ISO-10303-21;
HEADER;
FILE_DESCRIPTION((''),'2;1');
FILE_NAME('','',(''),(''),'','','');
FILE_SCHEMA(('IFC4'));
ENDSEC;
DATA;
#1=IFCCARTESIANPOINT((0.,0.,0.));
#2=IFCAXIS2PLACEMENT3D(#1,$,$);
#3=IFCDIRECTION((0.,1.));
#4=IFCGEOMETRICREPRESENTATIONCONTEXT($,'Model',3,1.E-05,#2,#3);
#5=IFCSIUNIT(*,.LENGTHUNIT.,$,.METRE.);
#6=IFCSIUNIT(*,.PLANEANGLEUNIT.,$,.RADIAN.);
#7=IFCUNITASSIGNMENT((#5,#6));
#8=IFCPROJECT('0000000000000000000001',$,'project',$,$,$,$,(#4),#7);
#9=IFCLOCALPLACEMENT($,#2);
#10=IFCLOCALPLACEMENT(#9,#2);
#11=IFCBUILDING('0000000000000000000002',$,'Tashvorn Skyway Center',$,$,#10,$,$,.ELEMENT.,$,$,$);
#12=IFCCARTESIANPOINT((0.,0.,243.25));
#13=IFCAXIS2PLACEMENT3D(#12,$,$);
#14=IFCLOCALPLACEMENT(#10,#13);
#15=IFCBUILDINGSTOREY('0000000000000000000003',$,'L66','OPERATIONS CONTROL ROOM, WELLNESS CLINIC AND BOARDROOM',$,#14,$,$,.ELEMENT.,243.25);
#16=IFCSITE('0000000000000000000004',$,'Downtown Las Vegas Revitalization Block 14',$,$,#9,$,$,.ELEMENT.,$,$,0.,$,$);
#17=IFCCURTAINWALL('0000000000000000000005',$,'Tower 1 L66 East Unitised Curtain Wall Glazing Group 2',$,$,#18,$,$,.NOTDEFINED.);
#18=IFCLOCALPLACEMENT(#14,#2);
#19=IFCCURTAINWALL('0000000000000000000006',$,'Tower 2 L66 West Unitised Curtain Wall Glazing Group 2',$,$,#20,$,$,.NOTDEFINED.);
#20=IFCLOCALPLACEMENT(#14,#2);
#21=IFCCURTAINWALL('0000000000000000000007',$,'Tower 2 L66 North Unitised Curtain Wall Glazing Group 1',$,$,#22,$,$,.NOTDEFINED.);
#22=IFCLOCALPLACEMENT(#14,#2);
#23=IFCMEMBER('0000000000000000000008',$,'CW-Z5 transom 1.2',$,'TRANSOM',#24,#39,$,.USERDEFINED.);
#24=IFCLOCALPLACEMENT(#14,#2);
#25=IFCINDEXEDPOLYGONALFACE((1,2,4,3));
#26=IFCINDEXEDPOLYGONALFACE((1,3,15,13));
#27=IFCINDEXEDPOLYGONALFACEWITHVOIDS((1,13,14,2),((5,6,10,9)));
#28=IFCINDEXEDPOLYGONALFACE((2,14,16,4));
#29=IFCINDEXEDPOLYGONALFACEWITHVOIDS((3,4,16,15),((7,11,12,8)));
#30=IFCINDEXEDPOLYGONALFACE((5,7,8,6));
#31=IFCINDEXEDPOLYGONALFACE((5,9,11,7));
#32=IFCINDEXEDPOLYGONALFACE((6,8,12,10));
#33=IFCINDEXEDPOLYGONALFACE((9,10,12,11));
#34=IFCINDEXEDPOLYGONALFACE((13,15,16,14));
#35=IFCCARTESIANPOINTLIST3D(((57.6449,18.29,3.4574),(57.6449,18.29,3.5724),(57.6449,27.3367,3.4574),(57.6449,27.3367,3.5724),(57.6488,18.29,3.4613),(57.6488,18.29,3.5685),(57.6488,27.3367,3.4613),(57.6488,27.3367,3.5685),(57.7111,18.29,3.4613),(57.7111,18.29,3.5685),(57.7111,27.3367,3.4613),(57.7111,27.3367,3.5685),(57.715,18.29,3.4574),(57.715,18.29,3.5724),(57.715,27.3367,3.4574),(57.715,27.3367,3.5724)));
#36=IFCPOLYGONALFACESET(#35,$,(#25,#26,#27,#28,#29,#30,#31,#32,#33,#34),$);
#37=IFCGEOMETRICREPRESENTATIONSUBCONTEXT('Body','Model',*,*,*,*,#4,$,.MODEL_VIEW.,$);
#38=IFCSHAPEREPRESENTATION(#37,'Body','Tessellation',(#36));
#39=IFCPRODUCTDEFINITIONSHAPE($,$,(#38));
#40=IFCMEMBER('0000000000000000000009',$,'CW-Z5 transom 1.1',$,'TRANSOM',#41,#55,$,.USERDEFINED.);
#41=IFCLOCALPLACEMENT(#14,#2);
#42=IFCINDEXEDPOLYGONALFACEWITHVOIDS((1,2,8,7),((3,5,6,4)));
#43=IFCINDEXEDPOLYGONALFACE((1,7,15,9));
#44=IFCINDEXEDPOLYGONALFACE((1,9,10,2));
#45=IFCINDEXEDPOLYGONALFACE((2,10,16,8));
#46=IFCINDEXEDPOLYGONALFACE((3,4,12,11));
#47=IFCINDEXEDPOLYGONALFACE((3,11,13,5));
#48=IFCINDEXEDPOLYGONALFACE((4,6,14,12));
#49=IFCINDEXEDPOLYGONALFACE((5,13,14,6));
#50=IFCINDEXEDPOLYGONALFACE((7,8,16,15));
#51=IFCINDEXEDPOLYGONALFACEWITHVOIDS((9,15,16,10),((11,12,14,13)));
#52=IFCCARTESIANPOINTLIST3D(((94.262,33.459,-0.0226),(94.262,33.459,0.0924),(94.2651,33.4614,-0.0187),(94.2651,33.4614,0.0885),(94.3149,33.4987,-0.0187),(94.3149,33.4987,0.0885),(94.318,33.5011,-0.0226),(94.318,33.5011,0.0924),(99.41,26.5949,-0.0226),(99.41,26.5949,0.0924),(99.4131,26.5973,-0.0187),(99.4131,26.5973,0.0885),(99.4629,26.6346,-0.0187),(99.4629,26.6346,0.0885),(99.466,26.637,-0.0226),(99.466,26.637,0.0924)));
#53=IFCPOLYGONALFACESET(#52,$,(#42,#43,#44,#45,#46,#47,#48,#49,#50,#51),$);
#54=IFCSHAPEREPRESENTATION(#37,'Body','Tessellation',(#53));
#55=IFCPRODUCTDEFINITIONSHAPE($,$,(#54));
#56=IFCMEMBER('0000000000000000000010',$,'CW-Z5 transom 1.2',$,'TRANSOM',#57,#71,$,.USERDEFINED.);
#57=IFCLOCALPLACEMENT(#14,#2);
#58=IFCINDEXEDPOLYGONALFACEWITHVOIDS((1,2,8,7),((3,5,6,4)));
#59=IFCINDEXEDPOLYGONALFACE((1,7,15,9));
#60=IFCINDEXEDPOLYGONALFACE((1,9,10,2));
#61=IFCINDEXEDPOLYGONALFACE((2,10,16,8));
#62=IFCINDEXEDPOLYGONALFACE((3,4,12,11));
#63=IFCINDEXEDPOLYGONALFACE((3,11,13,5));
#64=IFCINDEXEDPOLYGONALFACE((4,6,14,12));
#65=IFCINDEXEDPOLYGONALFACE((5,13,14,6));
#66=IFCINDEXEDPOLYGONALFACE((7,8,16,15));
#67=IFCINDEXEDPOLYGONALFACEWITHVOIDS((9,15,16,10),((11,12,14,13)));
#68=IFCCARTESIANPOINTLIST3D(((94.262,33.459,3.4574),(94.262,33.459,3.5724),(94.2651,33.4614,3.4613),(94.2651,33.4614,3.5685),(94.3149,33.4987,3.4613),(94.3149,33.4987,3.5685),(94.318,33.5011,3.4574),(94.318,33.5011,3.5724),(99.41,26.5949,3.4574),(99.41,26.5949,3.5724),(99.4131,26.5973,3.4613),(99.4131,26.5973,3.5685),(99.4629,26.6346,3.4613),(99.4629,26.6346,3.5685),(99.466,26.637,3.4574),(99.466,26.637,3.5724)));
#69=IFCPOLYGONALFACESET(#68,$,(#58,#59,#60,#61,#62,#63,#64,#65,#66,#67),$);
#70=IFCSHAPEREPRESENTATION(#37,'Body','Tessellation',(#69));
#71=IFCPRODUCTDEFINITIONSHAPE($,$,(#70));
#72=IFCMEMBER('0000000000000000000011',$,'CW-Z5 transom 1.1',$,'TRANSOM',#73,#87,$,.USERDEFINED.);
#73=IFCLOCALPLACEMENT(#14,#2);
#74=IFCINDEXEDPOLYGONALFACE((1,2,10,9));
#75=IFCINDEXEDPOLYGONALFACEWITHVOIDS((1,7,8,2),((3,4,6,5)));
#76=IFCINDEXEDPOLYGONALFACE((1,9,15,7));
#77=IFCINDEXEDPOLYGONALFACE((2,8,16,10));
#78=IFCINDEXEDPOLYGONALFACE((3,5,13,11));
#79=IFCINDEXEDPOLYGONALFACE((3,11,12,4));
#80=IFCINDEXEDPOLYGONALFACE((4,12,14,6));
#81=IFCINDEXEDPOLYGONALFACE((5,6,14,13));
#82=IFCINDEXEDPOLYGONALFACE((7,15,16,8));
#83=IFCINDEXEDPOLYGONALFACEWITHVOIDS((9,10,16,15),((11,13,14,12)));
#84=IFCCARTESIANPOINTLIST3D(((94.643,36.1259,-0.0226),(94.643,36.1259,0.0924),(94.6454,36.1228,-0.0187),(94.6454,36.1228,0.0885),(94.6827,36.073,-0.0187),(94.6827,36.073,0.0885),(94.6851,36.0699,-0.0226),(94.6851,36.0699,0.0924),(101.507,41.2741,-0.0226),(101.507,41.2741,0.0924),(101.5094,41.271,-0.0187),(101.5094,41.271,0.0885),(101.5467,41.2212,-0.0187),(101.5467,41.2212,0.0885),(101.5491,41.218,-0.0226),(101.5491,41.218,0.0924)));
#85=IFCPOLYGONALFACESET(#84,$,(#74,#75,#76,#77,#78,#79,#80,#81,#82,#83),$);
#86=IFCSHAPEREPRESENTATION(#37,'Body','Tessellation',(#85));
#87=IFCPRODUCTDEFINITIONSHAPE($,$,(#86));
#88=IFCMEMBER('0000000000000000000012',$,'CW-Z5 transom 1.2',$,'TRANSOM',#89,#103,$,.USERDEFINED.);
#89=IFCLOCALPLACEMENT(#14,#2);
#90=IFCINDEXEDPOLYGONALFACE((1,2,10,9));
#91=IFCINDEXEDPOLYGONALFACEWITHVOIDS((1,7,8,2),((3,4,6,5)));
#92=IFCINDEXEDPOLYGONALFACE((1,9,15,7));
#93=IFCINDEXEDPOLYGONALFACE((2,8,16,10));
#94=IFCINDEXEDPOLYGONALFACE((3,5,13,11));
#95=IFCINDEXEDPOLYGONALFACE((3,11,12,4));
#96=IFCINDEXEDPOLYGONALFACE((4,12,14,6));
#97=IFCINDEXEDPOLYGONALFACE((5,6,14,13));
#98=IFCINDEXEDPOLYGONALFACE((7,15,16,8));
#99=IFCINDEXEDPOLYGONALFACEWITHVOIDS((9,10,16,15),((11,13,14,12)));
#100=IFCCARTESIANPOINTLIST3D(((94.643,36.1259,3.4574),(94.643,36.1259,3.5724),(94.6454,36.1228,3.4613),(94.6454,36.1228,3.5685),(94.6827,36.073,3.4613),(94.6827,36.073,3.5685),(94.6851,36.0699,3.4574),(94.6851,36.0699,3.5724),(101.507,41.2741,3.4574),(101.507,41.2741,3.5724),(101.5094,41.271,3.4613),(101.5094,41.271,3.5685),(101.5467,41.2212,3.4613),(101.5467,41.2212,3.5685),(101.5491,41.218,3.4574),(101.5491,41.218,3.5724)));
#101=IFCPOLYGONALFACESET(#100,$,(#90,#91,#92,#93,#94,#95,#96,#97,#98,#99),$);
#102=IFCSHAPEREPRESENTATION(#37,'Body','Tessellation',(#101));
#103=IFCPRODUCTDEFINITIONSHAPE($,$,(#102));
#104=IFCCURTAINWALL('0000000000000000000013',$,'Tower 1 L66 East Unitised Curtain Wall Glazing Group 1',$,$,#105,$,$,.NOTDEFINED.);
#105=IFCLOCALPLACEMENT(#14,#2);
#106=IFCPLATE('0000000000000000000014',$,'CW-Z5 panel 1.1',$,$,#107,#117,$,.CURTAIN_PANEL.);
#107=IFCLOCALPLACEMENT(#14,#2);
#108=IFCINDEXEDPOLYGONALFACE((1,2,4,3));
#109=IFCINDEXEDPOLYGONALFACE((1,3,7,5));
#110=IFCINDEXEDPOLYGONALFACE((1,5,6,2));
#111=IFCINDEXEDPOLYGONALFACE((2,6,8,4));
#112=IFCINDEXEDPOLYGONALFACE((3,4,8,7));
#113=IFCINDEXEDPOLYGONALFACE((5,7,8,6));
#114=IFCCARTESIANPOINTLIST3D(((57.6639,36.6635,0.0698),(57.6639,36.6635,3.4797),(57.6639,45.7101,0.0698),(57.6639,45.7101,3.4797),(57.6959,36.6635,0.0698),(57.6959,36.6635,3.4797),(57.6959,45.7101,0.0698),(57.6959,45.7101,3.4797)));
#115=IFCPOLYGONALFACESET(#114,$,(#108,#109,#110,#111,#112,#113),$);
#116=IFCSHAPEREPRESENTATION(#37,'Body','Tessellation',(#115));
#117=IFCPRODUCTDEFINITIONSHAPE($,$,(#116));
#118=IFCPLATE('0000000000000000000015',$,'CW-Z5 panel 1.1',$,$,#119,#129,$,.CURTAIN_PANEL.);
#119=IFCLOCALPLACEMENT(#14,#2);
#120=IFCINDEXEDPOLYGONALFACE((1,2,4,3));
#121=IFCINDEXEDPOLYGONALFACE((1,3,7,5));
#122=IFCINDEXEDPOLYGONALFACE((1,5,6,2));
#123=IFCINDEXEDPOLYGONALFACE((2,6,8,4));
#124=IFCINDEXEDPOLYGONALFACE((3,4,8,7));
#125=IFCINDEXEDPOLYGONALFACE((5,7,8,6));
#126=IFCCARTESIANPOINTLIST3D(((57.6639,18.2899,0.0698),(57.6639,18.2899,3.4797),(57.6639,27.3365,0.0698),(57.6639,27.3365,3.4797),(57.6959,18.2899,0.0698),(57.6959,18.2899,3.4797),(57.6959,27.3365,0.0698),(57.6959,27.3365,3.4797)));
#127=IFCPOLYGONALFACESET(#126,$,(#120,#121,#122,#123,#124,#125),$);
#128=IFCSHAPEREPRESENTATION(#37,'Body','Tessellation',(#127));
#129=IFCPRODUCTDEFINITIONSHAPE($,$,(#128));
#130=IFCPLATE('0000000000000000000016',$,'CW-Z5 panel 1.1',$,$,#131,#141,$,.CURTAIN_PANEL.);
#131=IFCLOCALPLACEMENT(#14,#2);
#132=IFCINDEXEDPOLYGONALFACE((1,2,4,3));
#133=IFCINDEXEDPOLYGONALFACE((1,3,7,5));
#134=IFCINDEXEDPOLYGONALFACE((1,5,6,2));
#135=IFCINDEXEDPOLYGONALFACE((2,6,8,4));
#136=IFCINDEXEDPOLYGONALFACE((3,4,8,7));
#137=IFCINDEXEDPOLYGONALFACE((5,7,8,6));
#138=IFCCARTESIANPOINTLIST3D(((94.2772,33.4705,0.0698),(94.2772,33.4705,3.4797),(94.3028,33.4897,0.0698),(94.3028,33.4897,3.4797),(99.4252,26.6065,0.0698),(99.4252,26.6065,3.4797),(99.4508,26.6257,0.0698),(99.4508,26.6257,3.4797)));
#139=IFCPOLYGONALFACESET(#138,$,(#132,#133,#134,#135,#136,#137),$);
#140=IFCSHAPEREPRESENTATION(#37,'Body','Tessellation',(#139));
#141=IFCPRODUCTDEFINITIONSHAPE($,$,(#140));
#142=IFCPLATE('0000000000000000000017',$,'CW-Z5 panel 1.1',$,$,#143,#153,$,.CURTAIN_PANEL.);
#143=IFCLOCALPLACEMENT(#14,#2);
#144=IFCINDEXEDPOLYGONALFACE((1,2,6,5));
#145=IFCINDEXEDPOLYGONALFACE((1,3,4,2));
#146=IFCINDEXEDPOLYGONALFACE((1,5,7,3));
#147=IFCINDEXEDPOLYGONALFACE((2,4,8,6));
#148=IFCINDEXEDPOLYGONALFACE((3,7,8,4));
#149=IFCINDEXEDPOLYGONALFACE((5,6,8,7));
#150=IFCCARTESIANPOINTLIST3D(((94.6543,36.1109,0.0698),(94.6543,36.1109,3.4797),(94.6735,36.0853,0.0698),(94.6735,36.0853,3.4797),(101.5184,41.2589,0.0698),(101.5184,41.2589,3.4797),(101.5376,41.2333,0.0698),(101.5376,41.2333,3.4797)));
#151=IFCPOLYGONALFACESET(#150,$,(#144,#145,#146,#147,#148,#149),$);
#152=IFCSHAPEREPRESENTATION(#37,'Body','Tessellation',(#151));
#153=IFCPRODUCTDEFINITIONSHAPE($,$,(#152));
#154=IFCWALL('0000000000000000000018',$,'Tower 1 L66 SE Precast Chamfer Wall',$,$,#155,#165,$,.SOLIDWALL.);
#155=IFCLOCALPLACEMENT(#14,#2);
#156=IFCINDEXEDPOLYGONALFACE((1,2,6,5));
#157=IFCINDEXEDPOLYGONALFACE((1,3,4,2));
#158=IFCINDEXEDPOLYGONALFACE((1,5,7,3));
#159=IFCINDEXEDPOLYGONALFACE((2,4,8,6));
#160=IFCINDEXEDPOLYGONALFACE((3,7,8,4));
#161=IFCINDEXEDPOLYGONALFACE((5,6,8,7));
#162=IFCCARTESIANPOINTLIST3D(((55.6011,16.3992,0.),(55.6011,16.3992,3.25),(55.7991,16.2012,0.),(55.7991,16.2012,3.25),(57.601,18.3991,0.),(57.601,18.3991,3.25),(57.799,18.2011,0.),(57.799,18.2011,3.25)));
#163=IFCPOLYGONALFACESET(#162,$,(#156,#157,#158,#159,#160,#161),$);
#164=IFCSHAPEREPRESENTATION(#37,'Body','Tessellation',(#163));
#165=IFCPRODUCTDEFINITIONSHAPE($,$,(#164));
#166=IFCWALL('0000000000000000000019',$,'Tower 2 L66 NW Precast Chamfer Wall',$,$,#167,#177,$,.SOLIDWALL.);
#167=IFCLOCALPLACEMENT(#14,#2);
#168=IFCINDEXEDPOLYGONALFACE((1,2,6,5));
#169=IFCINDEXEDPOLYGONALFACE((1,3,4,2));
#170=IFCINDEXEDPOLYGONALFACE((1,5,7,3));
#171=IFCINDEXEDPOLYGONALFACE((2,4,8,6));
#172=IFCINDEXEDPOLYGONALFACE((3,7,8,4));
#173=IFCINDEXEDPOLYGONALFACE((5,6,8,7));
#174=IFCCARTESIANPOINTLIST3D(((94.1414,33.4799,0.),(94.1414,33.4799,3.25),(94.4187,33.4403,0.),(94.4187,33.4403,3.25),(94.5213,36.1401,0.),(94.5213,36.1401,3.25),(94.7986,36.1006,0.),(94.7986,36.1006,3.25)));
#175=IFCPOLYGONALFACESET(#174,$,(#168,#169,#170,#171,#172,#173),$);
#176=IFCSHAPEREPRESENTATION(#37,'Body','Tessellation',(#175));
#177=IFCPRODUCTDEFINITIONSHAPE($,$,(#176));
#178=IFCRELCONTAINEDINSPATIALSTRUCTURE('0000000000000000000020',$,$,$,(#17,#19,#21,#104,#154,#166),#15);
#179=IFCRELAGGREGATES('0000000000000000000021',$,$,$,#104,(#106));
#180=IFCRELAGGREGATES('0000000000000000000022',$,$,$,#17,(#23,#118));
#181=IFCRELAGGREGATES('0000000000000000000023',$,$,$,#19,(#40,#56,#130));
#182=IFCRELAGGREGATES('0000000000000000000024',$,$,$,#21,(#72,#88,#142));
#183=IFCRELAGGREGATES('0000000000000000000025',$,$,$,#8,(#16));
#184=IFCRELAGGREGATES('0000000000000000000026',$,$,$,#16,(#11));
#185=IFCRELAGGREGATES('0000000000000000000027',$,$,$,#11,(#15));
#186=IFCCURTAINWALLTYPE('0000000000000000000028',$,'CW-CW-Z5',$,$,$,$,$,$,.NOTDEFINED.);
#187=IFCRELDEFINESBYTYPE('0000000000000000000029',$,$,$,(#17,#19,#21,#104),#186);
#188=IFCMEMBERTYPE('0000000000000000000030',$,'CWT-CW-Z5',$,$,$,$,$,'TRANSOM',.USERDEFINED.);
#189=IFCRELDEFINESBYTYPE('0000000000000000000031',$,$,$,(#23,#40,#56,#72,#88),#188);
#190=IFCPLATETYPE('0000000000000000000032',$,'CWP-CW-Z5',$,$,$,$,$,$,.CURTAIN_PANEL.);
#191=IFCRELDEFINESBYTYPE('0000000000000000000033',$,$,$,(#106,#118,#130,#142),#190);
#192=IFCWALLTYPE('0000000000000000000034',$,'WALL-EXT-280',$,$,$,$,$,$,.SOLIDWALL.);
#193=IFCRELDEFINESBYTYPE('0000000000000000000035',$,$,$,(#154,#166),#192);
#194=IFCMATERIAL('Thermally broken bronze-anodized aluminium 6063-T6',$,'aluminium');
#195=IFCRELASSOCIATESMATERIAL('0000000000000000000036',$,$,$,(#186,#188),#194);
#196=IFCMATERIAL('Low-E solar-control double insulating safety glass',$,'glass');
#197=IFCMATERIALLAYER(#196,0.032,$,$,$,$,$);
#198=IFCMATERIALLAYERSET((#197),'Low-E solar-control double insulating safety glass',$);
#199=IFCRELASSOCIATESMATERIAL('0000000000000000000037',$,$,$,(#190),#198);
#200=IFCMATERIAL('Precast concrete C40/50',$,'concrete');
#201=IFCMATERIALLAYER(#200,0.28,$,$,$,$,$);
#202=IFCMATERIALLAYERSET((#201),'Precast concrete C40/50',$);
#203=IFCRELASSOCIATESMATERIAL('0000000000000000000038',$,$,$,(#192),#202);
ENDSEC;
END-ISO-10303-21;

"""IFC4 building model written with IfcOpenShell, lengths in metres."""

from ifc_helpers import new_model, si_unit, direction, frame, frame_2d, origin, origin_2d, place, context, subcontext, project, spatial, rectangle, hollow_rectangle, extrude, material, layer, layer_set, material_profile, profile_set, type_object, element, aggregate, save


model = new_model("IFC4")

# Units and contexts
model_context = context("Model", 3, precision=1e-05, world=origin(), true_north=direction((0.0, 1.0)))
body_context = subcontext(model_context, "Body", "Model", "MODEL_VIEW")
ifc_project = project(units=[si_unit("LENGTHUNIT", "METRE"), si_unit("PLANEANGLEUNIT", "RADIAN")], contexts=[model_context])

# Site, building, storey
site_placement = place(None, origin())
site = spatial("IfcSite", under=ifc_project, at=site_placement, Name="Downtown Las Vegas Revitalization Block 14", CompositionType="ELEMENT", RefElevation=0.0)
building_placement = place(site_placement, origin())
building = spatial("IfcBuilding", under=site, at=building_placement, Name="Tashvorn Skyway Center", CompositionType="ELEMENT")
storey_placement = place(building_placement, frame((0.0, 0.0, 243.25)))
storey = spatial("IfcBuildingStorey", under=building, at=storey_placement, Name="L66", Description="OPERATIONS CONTROL ROOM, WELLNESS CLINIC AND BOARDROOM", CompositionType="ELEMENT", Elevation=243.25)

# Curtain wall
ifc_material_1 = material(Name="Thermally broken bronze-anodized aluminium 6063-T6", Category="aluminium")
curtain_wall_type = type_object("IfcCurtainWallType", Name="CW-CW-Z5", PredefinedType="NOTDEFINED", material=ifc_material_1)
curtain_wall_1_placement = place(storey_placement, origin())
curtain_wall_1 = element("IfcCurtainWall", 1, at=curtain_wall_1_placement, inside=storey, type_object=curtain_wall_type, Name="Tower 1 L66 East Unitised Curtain Wall Glazing Group 2", PredefinedType="NOTDEFINED")

# Curtain walls
curtain_wall_2_placement = place(storey_placement, origin())
curtain_wall_2 = element("IfcCurtainWall", 2, at=curtain_wall_2_placement, inside=storey, type_object=curtain_wall_type, Name="Tower 2 L66 West Unitised Curtain Wall Glazing Group 2", PredefinedType="NOTDEFINED")
curtain_wall_3_placement = place(storey_placement, origin())
curtain_wall_3 = element("IfcCurtainWall", 3, at=curtain_wall_3_placement, inside=storey, type_object=curtain_wall_type, Name="Tower 2 L66 North Unitised Curtain Wall Glazing Group 1", PredefinedType="NOTDEFINED")

# Members
ifc_material_profile_1 = material_profile(ifc_material_1, hollow_rectangle(XDim=0.0701, YDim=0.115, WallThickness=0.0039, at=origin_2d()), Name="ALU-TRAN-70x115")
ifc_profile_set_1 = profile_set([ifc_material_profile_1], Name="Thermally broken bronze-anodized aluminium 6063-T6")
member_type_1 = type_object("IfcMemberType", Name="CWT-CW-Z5", ElementType="TRANSOM", PredefinedType="USERDEFINED", material=ifc_profile_set_1)
member_1_placement = place(storey_placement, frame((57.6799, 27.3367, 3.5149), z_axis=(0.0, -1.0, 0.0), x_axis=(1.0, 0.0, 0.0)))
member_1 = element("IfcMember", 4, at=member_1_placement, type_object=member_type_1, Name="CW-Z5 transom 1.2", ObjectType="TRANSOM", PredefinedType="USERDEFINED", context=body_context, shape_type="SweptSolid", body=[
    extrude(hollow_rectangle(XDim=0.0701, YDim=0.115, WallThickness=0.0039, at=origin_2d()), origin(), (0.0, 0.0, 1.0), 9.0466),
])
member_2_placement = place(storey_placement, frame((99.438, 26.616, 0.0349), z_axis=(-0.599995, 0.800003, 0.0), x_axis=(-0.800003, -0.599995, 0.0)))
member_2 = element("IfcMember", 5, at=member_2_placement, type_object=member_type_1, Name="CW-Z5 transom 1.1", ObjectType="TRANSOM", PredefinedType="USERDEFINED", context=body_context, shape_type="SweptSolid", body=[
    extrude(hollow_rectangle(XDim=0.0701, YDim=0.115, WallThickness=0.0039, at=origin_2d()), origin(), (0.0, 0.0, 1.0), 8.5801),
])
member_3_placement = place(storey_placement, frame((99.438, 26.616, 3.5149), z_axis=(-0.599995, 0.800003, 0.0), x_axis=(-0.800003, -0.599995, 0.0)))
member_3 = element("IfcMember", 6, at=member_3_placement, type_object=member_type_1, Name="CW-Z5 transom 1.2", ObjectType="TRANSOM", PredefinedType="USERDEFINED", context=body_context, shape_type="SweptSolid", body=[
    extrude(hollow_rectangle(XDim=0.0701, YDim=0.115, WallThickness=0.0039, at=origin_2d()), origin(), (0.0, 0.0, 1.0), 8.5801),
])
member_4_placement = place(storey_placement, frame((94.6641, 36.0979, 0.0349), z_axis=(0.79999, 0.600014, 0.0), x_axis=(-0.600014, 0.79999, 0.0)))
member_4 = element("IfcMember", 7, at=member_4_placement, type_object=member_type_1, Name="CW-Z5 transom 1.1", ObjectType="TRANSOM", PredefinedType="USERDEFINED", context=body_context, shape_type="SweptSolid", body=[
    extrude(hollow_rectangle(XDim=0.0701, YDim=0.115, WallThickness=0.0039, at=origin_2d()), origin(), (0.0, 0.0, 1.0), 8.5801),
])
member_5_placement = place(storey_placement, frame((94.6641, 36.0979, 3.5149), z_axis=(0.79999, 0.600014, 0.0), x_axis=(-0.600014, 0.79999, 0.0)))
member_5 = element("IfcMember", 8, at=member_5_placement, type_object=member_type_1, Name="CW-Z5 transom 1.2", ObjectType="TRANSOM", PredefinedType="USERDEFINED", context=body_context, shape_type="SweptSolid", body=[
    extrude(hollow_rectangle(XDim=0.0701, YDim=0.115, WallThickness=0.0039, at=origin_2d()), origin(), (0.0, 0.0, 1.0), 8.5801),
])

# Curtain wall, plate
curtain_wall_4_placement = place(storey_placement, origin())
curtain_wall_4 = element("IfcCurtainWall", 9, at=curtain_wall_4_placement, inside=storey, type_object=curtain_wall_type, Name="Tower 1 L66 East Unitised Curtain Wall Glazing Group 1", PredefinedType="NOTDEFINED")
ifc_material_2 = material(Name="Low-E solar-control double insulating safety glass", Category="glass")
ifc_layer_1 = layer(ifc_material_2, 0.032)
ifc_layer_set_1 = layer_set([ifc_layer_1], Name="Low-E solar-control double insulating safety glass")
plate_type = type_object("IfcPlateType", Name="CWP-CW-Z5", PredefinedType="CURTAIN_PANEL", material=ifc_layer_set_1)
plate_1_placement = place(storey_placement, frame((57.6799, 41.1868, 0.0698), z_axis=(0.0, 0.0, 1.0), x_axis=(0.0, -1.0, 0.0)))
plate_1 = element("IfcPlate", 10, at=plate_1_placement, type_object=plate_type, Name="CW-Z5 panel 1.1", PredefinedType="CURTAIN_PANEL", context=body_context, shape_type="SweptSolid", body=[
    extrude(rectangle(XDim=9.0466, YDim=0.032, at=origin_2d()), origin(), (0.0, 0.0, 1.0), 3.4099),
])
aggregate(curtain_wall_4, [plate_1])

# Plates
plate_2_placement = place(storey_placement, frame((57.6799, 22.8132, 0.0698), z_axis=(0.0, 0.0, 1.0), x_axis=(0.0, -1.0, 0.0)))
plate_2 = element("IfcPlate", 11, at=plate_2_placement, type_object=plate_type, Name="CW-Z5 panel 1.1", PredefinedType="CURTAIN_PANEL", context=body_context, shape_type="SweptSolid", body=[
    extrude(rectangle(XDim=9.0466, YDim=0.032, at=origin_2d()), origin(), (0.0, 0.0, 1.0), 3.4099),
])
aggregate(curtain_wall_1, [member_1, plate_2])
plate_3_placement = place(storey_placement, frame((96.864, 30.0481, 0.0698), z_axis=(0.0, 0.0, 1.0), x_axis=(-0.6, 0.8, 0.0)))
plate_3 = element("IfcPlate", 12, at=plate_3_placement, type_object=plate_type, Name="CW-Z5 panel 1.1", PredefinedType="CURTAIN_PANEL", context=body_context, shape_type="SweptSolid", body=[
    extrude(rectangle(XDim=8.5801, YDim=0.032, at=origin_2d()), origin(), (0.0, 0.0, 1.0), 3.4099),
])
aggregate(curtain_wall_2, [member_2, member_3, plate_3])
plate_4_placement = place(storey_placement, frame((98.0959, 38.6721, 0.0698), z_axis=(0.0, 0.0, 1.0), x_axis=(0.8, 0.6, 0.0)))
plate_4 = element("IfcPlate", 13, at=plate_4_placement, type_object=plate_type, Name="CW-Z5 panel 1.1", PredefinedType="CURTAIN_PANEL", context=body_context, shape_type="SweptSolid", body=[
    extrude(rectangle(XDim=8.5801, YDim=0.032, at=origin_2d()), origin(), (0.0, 0.0, 1.0), 3.4099),
])
aggregate(curtain_wall_3, [member_4, member_5, plate_4])

# Walls
ifc_material_3 = material(Name="Precast concrete C40/50", Category="concrete")
ifc_layer_2 = layer(ifc_material_3, 0.28)
ifc_layer_set_2 = layer_set([ifc_layer_2], Name="Precast concrete C40/50")
wall_type_1 = type_object("IfcWallType", Name="WALL-EXT-280", PredefinedType="SOLIDWALL", material=ifc_layer_set_2)
wall_1_placement = place(storey_placement, frame((57.7, 18.3, 0.0), z_axis=(0.0, 0.0, 1.0), x_axis=(-0.707107, -0.707107, 0.0)))
element("IfcWall", 14, at=wall_1_placement, inside=storey, type_object=wall_type_1, Name="Tower 1 L66 SE Precast Chamfer Wall", PredefinedType="SOLIDWALL", context=body_context, shape_type="SweptSolid", body=[
    extrude(rectangle(XDim=2.8284, YDim=0.28, at=frame_2d((1.4141, 0.0))), origin(), (0.0, 0.0, 1.0), 3.25),
])
wall_2_placement = place(storey_placement, frame((94.28, 33.46, 0.0), z_axis=(0.0, 0.0, 1.0), x_axis=(0.14137, 0.989957, 0.0)))
element("IfcWall", 15, at=wall_2_placement, inside=storey, type_object=wall_type_1, Name="Tower 2 L66 NW Precast Chamfer Wall", PredefinedType="SOLIDWALL", context=body_context, shape_type="SweptSolid", body=[
    extrude(rectangle(XDim=2.6873, YDim=0.28, at=frame_2d((1.3438, 0.0))), origin(), (0.0, 0.0, 1.0), 3.25),
])

save(model, "model.ifc")
